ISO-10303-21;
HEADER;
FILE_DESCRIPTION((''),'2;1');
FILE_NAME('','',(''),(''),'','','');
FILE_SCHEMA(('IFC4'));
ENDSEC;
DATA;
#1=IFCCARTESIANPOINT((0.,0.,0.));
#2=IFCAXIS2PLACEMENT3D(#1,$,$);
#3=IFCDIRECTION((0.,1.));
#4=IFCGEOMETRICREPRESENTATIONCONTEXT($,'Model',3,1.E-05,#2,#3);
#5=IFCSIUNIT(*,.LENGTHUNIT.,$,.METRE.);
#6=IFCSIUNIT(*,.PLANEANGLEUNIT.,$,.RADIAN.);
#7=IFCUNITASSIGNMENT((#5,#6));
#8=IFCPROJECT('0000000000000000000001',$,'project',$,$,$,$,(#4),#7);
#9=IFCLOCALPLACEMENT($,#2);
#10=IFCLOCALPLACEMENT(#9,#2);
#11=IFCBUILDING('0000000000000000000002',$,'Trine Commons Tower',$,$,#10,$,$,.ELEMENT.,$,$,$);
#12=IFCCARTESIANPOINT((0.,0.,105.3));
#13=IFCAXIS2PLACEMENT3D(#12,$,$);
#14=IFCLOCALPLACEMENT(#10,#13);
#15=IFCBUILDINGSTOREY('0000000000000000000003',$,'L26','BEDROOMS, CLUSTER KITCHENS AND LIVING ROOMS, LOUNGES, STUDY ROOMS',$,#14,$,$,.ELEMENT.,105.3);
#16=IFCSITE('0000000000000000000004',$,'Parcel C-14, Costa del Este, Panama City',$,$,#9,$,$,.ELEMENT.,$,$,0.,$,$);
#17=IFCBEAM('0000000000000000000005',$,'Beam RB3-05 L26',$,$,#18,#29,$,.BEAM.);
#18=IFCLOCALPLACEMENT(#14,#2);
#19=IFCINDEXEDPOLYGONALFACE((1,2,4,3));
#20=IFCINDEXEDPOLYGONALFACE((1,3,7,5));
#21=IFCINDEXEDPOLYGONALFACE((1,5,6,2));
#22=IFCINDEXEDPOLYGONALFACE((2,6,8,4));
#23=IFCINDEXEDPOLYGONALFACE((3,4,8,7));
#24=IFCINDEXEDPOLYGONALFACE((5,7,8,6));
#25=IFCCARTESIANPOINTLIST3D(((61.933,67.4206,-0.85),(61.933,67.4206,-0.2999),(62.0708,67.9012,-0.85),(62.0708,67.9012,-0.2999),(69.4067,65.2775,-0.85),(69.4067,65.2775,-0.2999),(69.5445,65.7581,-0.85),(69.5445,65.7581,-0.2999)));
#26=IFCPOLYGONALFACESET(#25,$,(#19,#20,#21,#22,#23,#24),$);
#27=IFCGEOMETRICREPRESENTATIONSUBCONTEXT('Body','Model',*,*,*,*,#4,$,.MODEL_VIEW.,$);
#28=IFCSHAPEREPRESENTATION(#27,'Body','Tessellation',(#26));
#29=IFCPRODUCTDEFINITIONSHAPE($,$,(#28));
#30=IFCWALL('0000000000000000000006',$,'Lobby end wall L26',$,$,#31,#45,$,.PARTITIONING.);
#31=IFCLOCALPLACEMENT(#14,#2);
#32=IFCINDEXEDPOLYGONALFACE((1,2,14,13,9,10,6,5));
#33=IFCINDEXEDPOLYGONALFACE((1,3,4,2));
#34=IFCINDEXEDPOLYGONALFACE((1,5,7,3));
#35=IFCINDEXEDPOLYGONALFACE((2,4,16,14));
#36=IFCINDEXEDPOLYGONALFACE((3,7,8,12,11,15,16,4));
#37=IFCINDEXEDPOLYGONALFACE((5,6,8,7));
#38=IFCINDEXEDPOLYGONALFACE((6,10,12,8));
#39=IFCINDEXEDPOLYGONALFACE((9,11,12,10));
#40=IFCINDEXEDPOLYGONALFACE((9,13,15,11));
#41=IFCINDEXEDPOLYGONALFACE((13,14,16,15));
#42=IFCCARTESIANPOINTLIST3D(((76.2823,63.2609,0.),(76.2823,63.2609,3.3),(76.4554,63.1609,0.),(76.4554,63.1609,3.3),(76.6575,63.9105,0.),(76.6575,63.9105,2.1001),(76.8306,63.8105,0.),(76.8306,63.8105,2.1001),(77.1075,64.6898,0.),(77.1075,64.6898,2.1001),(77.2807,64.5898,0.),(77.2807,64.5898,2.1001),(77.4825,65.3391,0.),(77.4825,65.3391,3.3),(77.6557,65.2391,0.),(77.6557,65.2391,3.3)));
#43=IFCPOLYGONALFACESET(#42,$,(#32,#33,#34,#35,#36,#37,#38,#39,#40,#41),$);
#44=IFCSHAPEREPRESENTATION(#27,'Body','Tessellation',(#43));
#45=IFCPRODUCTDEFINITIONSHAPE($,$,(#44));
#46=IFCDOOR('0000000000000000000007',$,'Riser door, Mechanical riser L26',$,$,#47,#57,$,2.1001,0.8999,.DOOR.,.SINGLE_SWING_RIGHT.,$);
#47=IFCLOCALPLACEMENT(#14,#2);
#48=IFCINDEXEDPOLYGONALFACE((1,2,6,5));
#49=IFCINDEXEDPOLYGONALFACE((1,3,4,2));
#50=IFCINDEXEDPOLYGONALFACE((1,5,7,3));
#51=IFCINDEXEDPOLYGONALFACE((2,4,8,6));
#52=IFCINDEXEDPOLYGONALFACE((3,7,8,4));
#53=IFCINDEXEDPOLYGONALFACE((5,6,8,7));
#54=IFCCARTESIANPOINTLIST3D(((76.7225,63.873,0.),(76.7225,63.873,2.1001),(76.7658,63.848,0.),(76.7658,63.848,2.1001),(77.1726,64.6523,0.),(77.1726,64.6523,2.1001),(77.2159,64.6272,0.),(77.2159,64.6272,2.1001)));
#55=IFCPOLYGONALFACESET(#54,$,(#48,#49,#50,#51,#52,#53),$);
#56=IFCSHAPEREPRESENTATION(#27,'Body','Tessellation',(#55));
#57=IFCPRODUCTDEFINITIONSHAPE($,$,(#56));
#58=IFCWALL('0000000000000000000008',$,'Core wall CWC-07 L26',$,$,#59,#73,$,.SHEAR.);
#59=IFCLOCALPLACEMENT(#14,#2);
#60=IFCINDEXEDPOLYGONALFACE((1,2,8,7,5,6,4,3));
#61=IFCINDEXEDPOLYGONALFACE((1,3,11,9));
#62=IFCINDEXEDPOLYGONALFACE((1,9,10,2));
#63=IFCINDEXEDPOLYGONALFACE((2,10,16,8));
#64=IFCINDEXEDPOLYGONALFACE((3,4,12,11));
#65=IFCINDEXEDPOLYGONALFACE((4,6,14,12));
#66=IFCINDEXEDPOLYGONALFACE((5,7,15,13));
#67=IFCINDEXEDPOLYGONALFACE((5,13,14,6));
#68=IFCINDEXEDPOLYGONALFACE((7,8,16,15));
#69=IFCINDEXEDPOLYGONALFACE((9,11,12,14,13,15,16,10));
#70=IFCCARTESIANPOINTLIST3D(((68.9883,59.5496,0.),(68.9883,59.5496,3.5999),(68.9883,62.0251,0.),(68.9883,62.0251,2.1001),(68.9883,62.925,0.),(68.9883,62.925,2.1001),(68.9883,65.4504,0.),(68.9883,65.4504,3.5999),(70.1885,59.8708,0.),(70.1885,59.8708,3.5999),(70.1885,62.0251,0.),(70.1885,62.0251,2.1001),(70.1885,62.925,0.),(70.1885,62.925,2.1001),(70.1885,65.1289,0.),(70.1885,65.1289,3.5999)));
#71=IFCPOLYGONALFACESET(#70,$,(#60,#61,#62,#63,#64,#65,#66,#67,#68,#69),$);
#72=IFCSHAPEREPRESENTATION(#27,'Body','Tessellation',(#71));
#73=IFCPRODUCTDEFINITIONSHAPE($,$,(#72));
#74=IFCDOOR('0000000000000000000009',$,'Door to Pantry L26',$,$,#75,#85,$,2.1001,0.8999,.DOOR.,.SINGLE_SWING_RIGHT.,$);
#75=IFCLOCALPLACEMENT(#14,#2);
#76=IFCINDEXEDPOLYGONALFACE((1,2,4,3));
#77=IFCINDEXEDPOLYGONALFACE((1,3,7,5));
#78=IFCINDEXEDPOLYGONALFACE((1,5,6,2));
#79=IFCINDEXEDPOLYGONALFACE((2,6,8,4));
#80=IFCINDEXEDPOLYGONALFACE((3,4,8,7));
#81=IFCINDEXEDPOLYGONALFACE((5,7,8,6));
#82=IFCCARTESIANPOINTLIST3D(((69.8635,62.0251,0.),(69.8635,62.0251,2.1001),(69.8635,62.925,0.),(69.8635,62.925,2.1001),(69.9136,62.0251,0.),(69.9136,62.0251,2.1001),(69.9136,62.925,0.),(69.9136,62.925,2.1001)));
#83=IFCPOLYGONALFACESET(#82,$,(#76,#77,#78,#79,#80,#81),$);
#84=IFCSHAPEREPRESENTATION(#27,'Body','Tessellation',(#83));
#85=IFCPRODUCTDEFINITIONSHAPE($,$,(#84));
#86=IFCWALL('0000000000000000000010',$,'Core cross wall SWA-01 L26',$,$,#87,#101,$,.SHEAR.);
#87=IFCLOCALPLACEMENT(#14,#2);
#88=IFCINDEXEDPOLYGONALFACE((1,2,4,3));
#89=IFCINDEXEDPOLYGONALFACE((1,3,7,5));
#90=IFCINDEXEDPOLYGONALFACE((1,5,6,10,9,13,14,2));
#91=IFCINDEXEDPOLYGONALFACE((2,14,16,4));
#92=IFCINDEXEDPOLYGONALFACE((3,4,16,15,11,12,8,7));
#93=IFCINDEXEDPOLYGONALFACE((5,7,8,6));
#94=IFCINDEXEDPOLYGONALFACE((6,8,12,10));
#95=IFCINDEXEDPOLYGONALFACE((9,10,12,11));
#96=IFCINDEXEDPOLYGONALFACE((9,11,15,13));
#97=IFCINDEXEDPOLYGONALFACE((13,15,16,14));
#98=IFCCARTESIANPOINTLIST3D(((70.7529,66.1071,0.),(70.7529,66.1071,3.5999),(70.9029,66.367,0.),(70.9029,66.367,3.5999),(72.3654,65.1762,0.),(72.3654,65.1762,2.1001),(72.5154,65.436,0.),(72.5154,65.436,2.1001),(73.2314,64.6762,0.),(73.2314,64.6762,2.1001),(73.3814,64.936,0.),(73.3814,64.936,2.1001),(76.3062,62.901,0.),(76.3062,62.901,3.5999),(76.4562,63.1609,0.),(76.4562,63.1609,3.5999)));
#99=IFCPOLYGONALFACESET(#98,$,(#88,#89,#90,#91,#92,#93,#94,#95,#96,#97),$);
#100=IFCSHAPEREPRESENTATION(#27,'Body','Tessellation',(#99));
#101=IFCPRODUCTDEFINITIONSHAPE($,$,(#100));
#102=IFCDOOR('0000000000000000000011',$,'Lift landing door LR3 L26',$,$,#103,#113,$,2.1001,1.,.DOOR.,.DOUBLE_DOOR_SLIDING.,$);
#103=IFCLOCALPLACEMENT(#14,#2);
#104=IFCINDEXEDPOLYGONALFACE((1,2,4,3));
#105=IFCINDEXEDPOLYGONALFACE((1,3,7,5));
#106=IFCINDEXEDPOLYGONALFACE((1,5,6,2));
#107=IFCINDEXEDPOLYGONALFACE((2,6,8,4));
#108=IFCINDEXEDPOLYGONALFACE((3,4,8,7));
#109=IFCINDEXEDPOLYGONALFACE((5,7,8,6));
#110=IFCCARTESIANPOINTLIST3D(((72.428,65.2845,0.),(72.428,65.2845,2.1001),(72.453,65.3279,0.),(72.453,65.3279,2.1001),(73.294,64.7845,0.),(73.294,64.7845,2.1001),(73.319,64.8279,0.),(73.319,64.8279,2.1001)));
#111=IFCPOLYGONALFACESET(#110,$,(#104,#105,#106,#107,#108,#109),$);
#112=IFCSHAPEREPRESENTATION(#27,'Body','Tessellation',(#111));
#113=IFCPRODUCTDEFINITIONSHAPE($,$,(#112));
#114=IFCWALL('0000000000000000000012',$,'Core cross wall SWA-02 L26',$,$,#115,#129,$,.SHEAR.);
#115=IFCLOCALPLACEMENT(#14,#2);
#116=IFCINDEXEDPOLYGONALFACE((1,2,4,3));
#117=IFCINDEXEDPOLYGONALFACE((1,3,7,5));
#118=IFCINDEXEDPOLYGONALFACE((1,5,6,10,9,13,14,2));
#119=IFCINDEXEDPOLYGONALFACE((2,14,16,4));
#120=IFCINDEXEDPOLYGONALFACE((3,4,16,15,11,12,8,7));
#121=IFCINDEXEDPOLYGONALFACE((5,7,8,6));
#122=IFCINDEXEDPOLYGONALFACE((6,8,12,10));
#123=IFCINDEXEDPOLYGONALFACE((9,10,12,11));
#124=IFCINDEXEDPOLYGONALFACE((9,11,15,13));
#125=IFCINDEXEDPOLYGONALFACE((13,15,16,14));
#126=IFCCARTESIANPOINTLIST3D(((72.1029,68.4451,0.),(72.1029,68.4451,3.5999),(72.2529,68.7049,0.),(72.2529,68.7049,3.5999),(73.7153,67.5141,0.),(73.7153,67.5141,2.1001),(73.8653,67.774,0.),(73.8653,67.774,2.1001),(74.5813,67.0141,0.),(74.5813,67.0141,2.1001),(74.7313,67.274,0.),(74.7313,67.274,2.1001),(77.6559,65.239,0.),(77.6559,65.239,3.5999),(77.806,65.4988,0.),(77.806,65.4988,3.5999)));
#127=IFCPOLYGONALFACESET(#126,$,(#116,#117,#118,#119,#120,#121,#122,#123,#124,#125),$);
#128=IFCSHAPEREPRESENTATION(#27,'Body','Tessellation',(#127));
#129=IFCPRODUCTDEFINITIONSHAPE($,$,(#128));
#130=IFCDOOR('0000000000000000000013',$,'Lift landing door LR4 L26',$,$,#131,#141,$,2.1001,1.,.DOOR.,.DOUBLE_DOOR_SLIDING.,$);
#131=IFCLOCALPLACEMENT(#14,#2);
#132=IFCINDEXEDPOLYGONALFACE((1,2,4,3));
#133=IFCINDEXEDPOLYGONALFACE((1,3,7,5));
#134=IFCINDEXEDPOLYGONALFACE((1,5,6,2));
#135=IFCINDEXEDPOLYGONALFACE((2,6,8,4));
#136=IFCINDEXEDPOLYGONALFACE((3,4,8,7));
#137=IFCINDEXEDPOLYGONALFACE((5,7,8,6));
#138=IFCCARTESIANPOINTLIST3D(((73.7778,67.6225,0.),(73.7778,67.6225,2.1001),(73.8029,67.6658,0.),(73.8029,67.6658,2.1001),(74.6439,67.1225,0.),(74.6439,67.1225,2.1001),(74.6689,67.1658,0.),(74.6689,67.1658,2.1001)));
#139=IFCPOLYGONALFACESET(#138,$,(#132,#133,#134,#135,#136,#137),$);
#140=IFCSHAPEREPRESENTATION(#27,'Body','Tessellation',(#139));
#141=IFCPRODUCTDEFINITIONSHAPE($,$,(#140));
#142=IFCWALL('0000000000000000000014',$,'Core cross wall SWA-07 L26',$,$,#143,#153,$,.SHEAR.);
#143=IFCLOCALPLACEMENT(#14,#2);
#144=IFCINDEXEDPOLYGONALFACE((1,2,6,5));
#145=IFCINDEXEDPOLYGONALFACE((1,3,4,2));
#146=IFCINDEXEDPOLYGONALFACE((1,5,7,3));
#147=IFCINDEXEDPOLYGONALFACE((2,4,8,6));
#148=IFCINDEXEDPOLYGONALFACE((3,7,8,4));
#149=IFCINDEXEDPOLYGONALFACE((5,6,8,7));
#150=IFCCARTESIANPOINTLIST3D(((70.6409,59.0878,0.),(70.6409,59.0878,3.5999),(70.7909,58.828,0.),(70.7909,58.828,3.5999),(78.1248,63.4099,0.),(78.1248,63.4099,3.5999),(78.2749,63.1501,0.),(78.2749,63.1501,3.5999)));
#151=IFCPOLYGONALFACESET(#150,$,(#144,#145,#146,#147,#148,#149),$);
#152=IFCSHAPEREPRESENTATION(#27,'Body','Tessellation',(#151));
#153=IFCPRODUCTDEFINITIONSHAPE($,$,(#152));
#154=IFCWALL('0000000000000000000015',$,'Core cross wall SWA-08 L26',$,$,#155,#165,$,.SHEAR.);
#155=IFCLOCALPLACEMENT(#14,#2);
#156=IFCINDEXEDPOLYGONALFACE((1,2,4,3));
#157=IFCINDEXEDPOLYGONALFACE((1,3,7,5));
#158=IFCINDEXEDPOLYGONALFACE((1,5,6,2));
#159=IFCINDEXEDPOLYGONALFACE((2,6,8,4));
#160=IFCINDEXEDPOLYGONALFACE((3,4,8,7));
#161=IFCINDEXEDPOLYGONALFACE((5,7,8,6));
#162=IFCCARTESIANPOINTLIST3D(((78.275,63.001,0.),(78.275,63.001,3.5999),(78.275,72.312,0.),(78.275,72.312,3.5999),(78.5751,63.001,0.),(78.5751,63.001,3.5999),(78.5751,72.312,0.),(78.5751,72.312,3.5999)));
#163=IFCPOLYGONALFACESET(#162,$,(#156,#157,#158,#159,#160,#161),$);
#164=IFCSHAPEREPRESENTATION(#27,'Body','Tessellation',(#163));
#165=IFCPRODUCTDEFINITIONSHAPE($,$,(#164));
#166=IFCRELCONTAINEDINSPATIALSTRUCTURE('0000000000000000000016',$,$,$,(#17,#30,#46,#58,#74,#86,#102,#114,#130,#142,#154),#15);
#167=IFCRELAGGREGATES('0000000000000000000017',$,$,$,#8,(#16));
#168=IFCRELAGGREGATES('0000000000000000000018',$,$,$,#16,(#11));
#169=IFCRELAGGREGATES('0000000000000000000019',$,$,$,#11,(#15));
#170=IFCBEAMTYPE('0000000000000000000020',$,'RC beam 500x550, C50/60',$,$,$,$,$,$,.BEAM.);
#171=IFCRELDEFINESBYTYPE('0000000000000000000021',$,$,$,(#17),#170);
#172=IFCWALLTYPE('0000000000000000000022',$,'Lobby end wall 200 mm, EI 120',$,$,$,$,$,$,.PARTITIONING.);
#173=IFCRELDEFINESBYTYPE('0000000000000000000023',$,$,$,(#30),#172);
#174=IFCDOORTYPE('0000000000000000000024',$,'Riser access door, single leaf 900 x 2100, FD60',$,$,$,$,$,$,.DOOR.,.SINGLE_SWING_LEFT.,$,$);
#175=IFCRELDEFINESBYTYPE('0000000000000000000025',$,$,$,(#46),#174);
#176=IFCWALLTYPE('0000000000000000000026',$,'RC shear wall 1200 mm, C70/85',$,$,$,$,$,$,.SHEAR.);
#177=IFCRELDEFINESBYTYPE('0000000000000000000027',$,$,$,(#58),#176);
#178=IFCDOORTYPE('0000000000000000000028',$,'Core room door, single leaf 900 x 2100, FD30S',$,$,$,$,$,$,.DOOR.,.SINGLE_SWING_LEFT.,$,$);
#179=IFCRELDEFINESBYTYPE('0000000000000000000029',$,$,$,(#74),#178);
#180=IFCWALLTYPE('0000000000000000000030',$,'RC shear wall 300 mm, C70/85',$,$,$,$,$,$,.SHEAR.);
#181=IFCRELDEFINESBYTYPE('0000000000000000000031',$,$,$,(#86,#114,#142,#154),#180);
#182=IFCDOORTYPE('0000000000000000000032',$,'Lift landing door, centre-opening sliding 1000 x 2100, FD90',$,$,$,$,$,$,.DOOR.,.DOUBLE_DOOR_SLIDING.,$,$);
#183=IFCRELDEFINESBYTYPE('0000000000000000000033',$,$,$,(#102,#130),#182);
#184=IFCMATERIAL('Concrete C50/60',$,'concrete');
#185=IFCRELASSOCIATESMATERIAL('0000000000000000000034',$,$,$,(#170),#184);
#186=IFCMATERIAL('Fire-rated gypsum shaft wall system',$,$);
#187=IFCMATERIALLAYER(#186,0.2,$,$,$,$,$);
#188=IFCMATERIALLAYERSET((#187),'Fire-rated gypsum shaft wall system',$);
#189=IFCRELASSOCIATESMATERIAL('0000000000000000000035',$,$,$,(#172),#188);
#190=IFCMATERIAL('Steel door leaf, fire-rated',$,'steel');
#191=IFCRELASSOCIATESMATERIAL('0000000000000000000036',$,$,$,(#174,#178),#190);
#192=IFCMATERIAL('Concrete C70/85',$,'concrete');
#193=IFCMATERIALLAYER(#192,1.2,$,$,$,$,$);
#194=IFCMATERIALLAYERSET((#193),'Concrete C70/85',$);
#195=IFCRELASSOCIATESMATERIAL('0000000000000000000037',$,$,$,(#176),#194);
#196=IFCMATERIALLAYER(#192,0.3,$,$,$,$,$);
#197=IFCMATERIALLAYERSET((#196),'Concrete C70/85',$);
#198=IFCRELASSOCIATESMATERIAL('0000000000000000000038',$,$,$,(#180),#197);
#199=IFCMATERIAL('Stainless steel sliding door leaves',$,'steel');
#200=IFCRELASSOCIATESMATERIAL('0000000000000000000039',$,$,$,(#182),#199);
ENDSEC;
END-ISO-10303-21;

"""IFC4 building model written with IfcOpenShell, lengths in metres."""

from ifc_helpers import new_model, si_unit, direction, frame, frame_2d, origin, origin_2d, place, context, subcontext, project, spatial, polyline, rectangle, outline, extrude, material, layer, layer_set, material_profile, profile_set, type_object, element, fill, save


model = new_model("IFC4")

# Units and contexts
model_context = context("Model", 3, precision=1e-05, world=origin(), true_north=direction((0.0, 1.0)))
body_context = subcontext(model_context, "Body", "Model", "MODEL_VIEW")
ifc_project = project(units=[si_unit("LENGTHUNIT", "METRE"), si_unit("PLANEANGLEUNIT", "RADIAN")], contexts=[model_context])

# Site, building, storey
site_placement = place(None, origin())
site = spatial("IfcSite", under=ifc_project, at=site_placement, Name="Parcel C-14, Costa del Este, Panama City", CompositionType="ELEMENT", RefElevation=0.0)
building_placement = place(site_placement, origin())
building = spatial("IfcBuilding", under=site, at=building_placement, Name="Trine Commons Tower", CompositionType="ELEMENT")
storey_placement = place(building_placement, frame((0.0, 0.0, 105.3)))
storey = spatial("IfcBuildingStorey", under=building, at=storey_placement, Name="L26", Description="BEDROOMS, CLUSTER KITCHENS AND LIVING ROOMS, LOUNGES, STUDY ROOMS", CompositionType="ELEMENT", Elevation=105.3)

# Beam
ifc_material_1 = material(Name="Concrete C50/60", Category="concrete")
ifc_material_profile = material_profile(ifc_material_1, rectangle(XDim=0.5, YDim=0.55, at=origin_2d()), Name="RC 500x550")
ifc_profile_set = profile_set([ifc_material_profile], Name="Concrete C50/60")
beam_type = type_object("IfcBeamType", Name="RC beam 500x550, C50/60", PredefinedType="BEAM", material=ifc_profile_set)
beam_placement = place(storey_placement, frame((69.4756, 65.5178, -0.575), z_axis=(-0.96126, 0.275642, 0.0), x_axis=(-0.275642, -0.96126, 0.0)))
element("IfcBeam", 1, at=beam_placement, inside=storey, type_object=beam_type, Name="Beam RB3-05 L26", PredefinedType="BEAM", context=body_context, shape_type="SweptSolid", body=[
    extrude(rectangle(XDim=0.5, YDim=0.55, at=origin_2d()), origin(), (0.0, 0.0, 1.0), 7.7749),
])

# Walls, openings, doors
ifc_material_2 = material(Name="Fire-rated gypsum shaft wall system")
ifc_layer_1 = layer(ifc_material_2, 0.2)
ifc_layer_set_1 = layer_set([ifc_layer_1], Name="Fire-rated gypsum shaft wall system")
wall_type_1 = type_object("IfcWallType", Name="Lobby end wall 200 mm, EI 120", PredefinedType="PARTITIONING", material=ifc_layer_set_1)
wall_1_placement = place(storey_placement, frame((77.5691, 65.2891, 0.0), z_axis=(0.0, 0.0, 1.0), x_axis=(-0.500122, -0.865955, 0.0)))
wall_1 = element("IfcWall", 2, at=wall_1_placement, inside=storey, type_object=wall_type_1, Name="Lobby end wall L26", PredefinedType="PARTITIONING", context=body_context, shape_type="SweptSolid", body=[
    extrude(rectangle(XDim=2.3999, YDim=0.2, at=frame_2d((1.2, 0.0))), origin(), (0.0, 0.0, 1.0), 3.3),
])
opening_1_placement = place(wall_1_placement, frame((0.7498, 0.0, 0.0)))
opening_1 = element("IfcOpeningElement", 3, at=opening_1_placement, cuts=wall_1, PredefinedType="OPENING", context=body_context, shape_type="SweptSolid", body=[
    extrude(rectangle(XDim=0.8999, YDim=2.1001, at=frame_2d((0.45, 1.05))), frame((0.0, 0.1099, 0.0), z_axis=(0.0, -1.0, 0.0), x_axis=(1.0, 0.0, 0.0)), (0.0, 0.0, 1.0), 0.22),
])
ifc_material_3 = material(Name="Steel door leaf, fire-rated", Category="steel")
door_type_1 = type_object("IfcDoorType", Name="Riser access door, single leaf 900 x 2100, FD60", OperationType="SINGLE_SWING_LEFT", PredefinedType="DOOR", material=ifc_material_3)
door_1_placement = place(opening_1_placement, frame((0.8999, 0.0, 0.0), z_axis=(0.0, 0.0, 1.0), x_axis=(-1.0, 0.0, 0.0)))
door_1 = element("IfcDoor", 4, at=door_1_placement, inside=storey, type_object=door_type_1, Name="Riser door, Mechanical riser L26", OperationType="SINGLE_SWING_RIGHT", OverallHeight=2.1001, OverallWidth=0.8999, PredefinedType="DOOR", context=body_context, shape_type="SweptSolid", body=[
    extrude(rectangle(XDim=0.8999, YDim=2.1001, at=frame_2d((0.45, 1.05))), frame((0.0, 0.0249, 0.0), z_axis=(0.0, -1.0, 0.0), x_axis=(1.0, 0.0, 0.0)), (0.0, 0.0, 1.0), 0.05),
])
fill(opening_1, door_1)
ifc_material_4 = material(Name="Concrete C70/85", Category="concrete")
ifc_layer_2 = layer(ifc_material_4, 1.2)
ifc_layer_set_2 = layer_set([ifc_layer_2], Name="Concrete C70/85")
wall_type_2 = type_object("IfcWallType", Name="RC shear wall 1200 mm, C70/85", PredefinedType="SHEAR", material=ifc_layer_set_2)
wall_2_placement = place(storey_placement, frame((69.5884, 65.4504, 0.0), z_axis=(0.0, 0.0, 1.0), x_axis=(0.0, -1.0, 0.0)))
wall_2 = element("IfcWall", 5, at=wall_2_placement, inside=storey, type_object=wall_type_2, Name="Core wall CWC-07 L26", PredefinedType="SHEAR", context=body_context, shape_type="SweptSolid", body=[
    extrude(outline(polyline([(0.0, -0.6001), (5.9009, -0.6001), (5.5796, 0.6001), (0.3215, 0.6001), (0.0, -0.6001)])), origin(), (0.0, 0.0, 1.0), 3.5999),
])
opening_2_placement = place(wall_2_placement, frame((2.5254, 0.0, 0.0)))
opening_2 = element("IfcOpeningElement", 6, at=opening_2_placement, cuts=wall_2, PredefinedType="OPENING", context=body_context, shape_type="SweptSolid", body=[
    extrude(rectangle(XDim=0.8999, YDim=2.1001, at=frame_2d((0.45, 1.05))), frame((0.0, 0.6099, 0.0), z_axis=(0.0, -1.0, 0.0), x_axis=(1.0, 0.0, 0.0)), (0.0, 0.0, 1.0), 1.22),
])
door_type_2 = type_object("IfcDoorType", Name="Core room door, single leaf 900 x 2100, FD30S", OperationType="SINGLE_SWING_LEFT", PredefinedType="DOOR", material=ifc_material_3)
door_2_placement = place(opening_2_placement, origin())
door_2 = element("IfcDoor", 7, at=door_2_placement, inside=storey, type_object=door_type_2, Name="Door to Pantry L26", OperationType="SINGLE_SWING_RIGHT", OverallHeight=2.1001, OverallWidth=0.8999, PredefinedType="DOOR", context=body_context, shape_type="SweptSolid", body=[
    extrude(rectangle(XDim=0.8999, YDim=2.1001, at=frame_2d((0.45, 1.05))), frame((0.0, 0.3252, 0.0), z_axis=(0.0, -1.0, 0.0), x_axis=(1.0, 0.0, 0.0)), (0.0, 0.0, 1.0), 0.05),
])
fill(opening_2, door_2)
ifc_layer_3 = layer(ifc_material_4, 0.3)
ifc_layer_set_3 = layer_set([ifc_layer_3], Name="Concrete C70/85")
wall_type_3 = type_object("IfcWallType", Name="RC shear wall 300 mm, C70/85", PredefinedType="SHEAR", material=ifc_layer_set_3)
wall_3_placement = place(storey_placement, frame((76.3811, 63.031, 0.0), z_axis=(0.0, 0.0, 1.0), x_axis=(-0.866032, 0.499988, 0.0)))
wall_3 = element("IfcWall", 8, at=wall_3_placement, inside=storey, type_object=wall_type_3, Name="Core cross wall SWA-01 L26", PredefinedType="SHEAR", context=body_context, shape_type="SweptSolid", body=[
    extrude(rectangle(XDim=6.4124, YDim=0.3, at=frame_2d((3.2061, 0.0))), origin(), (0.0, 0.0, 1.0), 3.5999),
])
opening_3_placement = place(wall_3_placement, frame((3.5503, 0.0, 0.0)))
opening_3 = element("IfcOpeningElement", 9, at=opening_3_placement, cuts=wall_3, PredefinedType="OPENING", context=body_context, shape_type="SweptSolid", body=[
    extrude(rectangle(XDim=1.0, YDim=2.1001, at=frame_2d((0.5, 1.05))), frame((0.0, 0.1599, 0.0), z_axis=(0.0, -1.0, 0.0), x_axis=(1.0, 0.0, 0.0)), (0.0, 0.0, 1.0), 0.3201),
])
ifc_material_5 = material(Name="Stainless steel sliding door leaves", Category="steel")
door_type_3 = type_object("IfcDoorType", Name="Lift landing door, centre-opening sliding 1000 x 2100, FD90", OperationType="DOUBLE_DOOR_SLIDING", PredefinedType="DOOR", material=ifc_material_5)
door_3_placement = place(opening_3_placement, origin())
door_3 = element("IfcDoor", 10, at=door_3_placement, inside=storey, type_object=door_type_3, Name="Lift landing door LR3 L26", OperationType="DOUBLE_DOOR_SLIDING", OverallHeight=2.1001, OverallWidth=1.0, PredefinedType="DOOR", context=body_context, shape_type="SweptSolid", body=[
    extrude(rectangle(XDim=1.0, YDim=2.1001, at=frame_2d((0.5, 1.05))), frame((0.0, 0.0249, 0.0), z_axis=(0.0, -1.0, 0.0), x_axis=(1.0, 0.0, 0.0)), (0.0, 0.0, 1.0), 0.05),
])
fill(opening_3, door_3)
wall_4_placement = place(storey_placement, frame((77.731, 65.3689, 0.0), z_axis=(0.0, 0.0, 1.0), x_axis=(-0.866023, 0.500005, 0.0)))
wall_4 = element("IfcWall", 11, at=wall_4_placement, inside=storey, type_object=wall_type_3, Name="Core cross wall SWA-02 L26", PredefinedType="SHEAR", context=body_context, shape_type="SweptSolid", body=[
    extrude(rectangle(XDim=6.4121, YDim=0.3, at=frame_2d((3.2061, 0.0))), origin(), (0.0, 0.0, 1.0), 3.5999),
])
opening_4_placement = place(wall_4_placement, frame((3.5503, 0.0, 0.0)))
opening_4 = element("IfcOpeningElement", 12, at=opening_4_placement, cuts=wall_4, PredefinedType="OPENING", context=body_context, shape_type="SweptSolid", body=[
    extrude(rectangle(XDim=1.0, YDim=2.1001, at=frame_2d((0.5, 1.05))), frame((0.0, 0.1599, 0.0), z_axis=(0.0, -1.0, 0.0), x_axis=(1.0, 0.0, 0.0)), (0.0, 0.0, 1.0), 0.3201),
])
door_4_placement = place(opening_4_placement, origin())
door_4 = element("IfcDoor", 13, at=door_4_placement, inside=storey, type_object=door_type_3, Name="Lift landing door LR4 L26", OperationType="DOUBLE_DOOR_SLIDING", OverallHeight=2.1001, OverallWidth=1.0, PredefinedType="DOOR", context=body_context, shape_type="SweptSolid", body=[
    extrude(rectangle(XDim=1.0, YDim=2.1001, at=frame_2d((0.5, 1.05))), frame((0.0, 0.0249, 0.0), z_axis=(0.0, -1.0, 0.0), x_axis=(1.0, 0.0, 0.0)), (0.0, 0.0, 1.0), 0.05),
])
fill(opening_4, door_4)

# Walls
wall_5_placement = place(storey_placement, frame((78.2, 63.28, 0.0), z_axis=(0.0, 0.0, 1.0), x_axis=(-0.865965, -0.500104, 0.0)))
element("IfcWall", 14, at=wall_5_placement, inside=storey, type_object=wall_type_3, Name="Core cross wall SWA-07 L26", PredefinedType="SHEAR", context=body_context, shape_type="SweptSolid", body=[
    extrude(rectangle(XDim=8.6423, YDim=0.3, at=frame_2d((4.3213, 0.0))), origin(), (0.0, 0.0, 1.0), 3.5999),
])
wall_6_placement = place(storey_placement, frame((78.425, 63.001, 0.0), z_axis=(0.0, 0.0, 1.0), x_axis=(0.0, 1.0, 0.0)))
element("IfcWall", 15, at=wall_6_placement, inside=storey, type_object=wall_type_3, Name="Core cross wall SWA-08 L26", PredefinedType="SHEAR", context=body_context, shape_type="SweptSolid", body=[
    extrude(rectangle(XDim=9.311, YDim=0.3, at=frame_2d((4.6555, 0.0))), origin(), (0.0, 0.0, 1.0), 3.5999),
])

save(model, "model.ifc")
